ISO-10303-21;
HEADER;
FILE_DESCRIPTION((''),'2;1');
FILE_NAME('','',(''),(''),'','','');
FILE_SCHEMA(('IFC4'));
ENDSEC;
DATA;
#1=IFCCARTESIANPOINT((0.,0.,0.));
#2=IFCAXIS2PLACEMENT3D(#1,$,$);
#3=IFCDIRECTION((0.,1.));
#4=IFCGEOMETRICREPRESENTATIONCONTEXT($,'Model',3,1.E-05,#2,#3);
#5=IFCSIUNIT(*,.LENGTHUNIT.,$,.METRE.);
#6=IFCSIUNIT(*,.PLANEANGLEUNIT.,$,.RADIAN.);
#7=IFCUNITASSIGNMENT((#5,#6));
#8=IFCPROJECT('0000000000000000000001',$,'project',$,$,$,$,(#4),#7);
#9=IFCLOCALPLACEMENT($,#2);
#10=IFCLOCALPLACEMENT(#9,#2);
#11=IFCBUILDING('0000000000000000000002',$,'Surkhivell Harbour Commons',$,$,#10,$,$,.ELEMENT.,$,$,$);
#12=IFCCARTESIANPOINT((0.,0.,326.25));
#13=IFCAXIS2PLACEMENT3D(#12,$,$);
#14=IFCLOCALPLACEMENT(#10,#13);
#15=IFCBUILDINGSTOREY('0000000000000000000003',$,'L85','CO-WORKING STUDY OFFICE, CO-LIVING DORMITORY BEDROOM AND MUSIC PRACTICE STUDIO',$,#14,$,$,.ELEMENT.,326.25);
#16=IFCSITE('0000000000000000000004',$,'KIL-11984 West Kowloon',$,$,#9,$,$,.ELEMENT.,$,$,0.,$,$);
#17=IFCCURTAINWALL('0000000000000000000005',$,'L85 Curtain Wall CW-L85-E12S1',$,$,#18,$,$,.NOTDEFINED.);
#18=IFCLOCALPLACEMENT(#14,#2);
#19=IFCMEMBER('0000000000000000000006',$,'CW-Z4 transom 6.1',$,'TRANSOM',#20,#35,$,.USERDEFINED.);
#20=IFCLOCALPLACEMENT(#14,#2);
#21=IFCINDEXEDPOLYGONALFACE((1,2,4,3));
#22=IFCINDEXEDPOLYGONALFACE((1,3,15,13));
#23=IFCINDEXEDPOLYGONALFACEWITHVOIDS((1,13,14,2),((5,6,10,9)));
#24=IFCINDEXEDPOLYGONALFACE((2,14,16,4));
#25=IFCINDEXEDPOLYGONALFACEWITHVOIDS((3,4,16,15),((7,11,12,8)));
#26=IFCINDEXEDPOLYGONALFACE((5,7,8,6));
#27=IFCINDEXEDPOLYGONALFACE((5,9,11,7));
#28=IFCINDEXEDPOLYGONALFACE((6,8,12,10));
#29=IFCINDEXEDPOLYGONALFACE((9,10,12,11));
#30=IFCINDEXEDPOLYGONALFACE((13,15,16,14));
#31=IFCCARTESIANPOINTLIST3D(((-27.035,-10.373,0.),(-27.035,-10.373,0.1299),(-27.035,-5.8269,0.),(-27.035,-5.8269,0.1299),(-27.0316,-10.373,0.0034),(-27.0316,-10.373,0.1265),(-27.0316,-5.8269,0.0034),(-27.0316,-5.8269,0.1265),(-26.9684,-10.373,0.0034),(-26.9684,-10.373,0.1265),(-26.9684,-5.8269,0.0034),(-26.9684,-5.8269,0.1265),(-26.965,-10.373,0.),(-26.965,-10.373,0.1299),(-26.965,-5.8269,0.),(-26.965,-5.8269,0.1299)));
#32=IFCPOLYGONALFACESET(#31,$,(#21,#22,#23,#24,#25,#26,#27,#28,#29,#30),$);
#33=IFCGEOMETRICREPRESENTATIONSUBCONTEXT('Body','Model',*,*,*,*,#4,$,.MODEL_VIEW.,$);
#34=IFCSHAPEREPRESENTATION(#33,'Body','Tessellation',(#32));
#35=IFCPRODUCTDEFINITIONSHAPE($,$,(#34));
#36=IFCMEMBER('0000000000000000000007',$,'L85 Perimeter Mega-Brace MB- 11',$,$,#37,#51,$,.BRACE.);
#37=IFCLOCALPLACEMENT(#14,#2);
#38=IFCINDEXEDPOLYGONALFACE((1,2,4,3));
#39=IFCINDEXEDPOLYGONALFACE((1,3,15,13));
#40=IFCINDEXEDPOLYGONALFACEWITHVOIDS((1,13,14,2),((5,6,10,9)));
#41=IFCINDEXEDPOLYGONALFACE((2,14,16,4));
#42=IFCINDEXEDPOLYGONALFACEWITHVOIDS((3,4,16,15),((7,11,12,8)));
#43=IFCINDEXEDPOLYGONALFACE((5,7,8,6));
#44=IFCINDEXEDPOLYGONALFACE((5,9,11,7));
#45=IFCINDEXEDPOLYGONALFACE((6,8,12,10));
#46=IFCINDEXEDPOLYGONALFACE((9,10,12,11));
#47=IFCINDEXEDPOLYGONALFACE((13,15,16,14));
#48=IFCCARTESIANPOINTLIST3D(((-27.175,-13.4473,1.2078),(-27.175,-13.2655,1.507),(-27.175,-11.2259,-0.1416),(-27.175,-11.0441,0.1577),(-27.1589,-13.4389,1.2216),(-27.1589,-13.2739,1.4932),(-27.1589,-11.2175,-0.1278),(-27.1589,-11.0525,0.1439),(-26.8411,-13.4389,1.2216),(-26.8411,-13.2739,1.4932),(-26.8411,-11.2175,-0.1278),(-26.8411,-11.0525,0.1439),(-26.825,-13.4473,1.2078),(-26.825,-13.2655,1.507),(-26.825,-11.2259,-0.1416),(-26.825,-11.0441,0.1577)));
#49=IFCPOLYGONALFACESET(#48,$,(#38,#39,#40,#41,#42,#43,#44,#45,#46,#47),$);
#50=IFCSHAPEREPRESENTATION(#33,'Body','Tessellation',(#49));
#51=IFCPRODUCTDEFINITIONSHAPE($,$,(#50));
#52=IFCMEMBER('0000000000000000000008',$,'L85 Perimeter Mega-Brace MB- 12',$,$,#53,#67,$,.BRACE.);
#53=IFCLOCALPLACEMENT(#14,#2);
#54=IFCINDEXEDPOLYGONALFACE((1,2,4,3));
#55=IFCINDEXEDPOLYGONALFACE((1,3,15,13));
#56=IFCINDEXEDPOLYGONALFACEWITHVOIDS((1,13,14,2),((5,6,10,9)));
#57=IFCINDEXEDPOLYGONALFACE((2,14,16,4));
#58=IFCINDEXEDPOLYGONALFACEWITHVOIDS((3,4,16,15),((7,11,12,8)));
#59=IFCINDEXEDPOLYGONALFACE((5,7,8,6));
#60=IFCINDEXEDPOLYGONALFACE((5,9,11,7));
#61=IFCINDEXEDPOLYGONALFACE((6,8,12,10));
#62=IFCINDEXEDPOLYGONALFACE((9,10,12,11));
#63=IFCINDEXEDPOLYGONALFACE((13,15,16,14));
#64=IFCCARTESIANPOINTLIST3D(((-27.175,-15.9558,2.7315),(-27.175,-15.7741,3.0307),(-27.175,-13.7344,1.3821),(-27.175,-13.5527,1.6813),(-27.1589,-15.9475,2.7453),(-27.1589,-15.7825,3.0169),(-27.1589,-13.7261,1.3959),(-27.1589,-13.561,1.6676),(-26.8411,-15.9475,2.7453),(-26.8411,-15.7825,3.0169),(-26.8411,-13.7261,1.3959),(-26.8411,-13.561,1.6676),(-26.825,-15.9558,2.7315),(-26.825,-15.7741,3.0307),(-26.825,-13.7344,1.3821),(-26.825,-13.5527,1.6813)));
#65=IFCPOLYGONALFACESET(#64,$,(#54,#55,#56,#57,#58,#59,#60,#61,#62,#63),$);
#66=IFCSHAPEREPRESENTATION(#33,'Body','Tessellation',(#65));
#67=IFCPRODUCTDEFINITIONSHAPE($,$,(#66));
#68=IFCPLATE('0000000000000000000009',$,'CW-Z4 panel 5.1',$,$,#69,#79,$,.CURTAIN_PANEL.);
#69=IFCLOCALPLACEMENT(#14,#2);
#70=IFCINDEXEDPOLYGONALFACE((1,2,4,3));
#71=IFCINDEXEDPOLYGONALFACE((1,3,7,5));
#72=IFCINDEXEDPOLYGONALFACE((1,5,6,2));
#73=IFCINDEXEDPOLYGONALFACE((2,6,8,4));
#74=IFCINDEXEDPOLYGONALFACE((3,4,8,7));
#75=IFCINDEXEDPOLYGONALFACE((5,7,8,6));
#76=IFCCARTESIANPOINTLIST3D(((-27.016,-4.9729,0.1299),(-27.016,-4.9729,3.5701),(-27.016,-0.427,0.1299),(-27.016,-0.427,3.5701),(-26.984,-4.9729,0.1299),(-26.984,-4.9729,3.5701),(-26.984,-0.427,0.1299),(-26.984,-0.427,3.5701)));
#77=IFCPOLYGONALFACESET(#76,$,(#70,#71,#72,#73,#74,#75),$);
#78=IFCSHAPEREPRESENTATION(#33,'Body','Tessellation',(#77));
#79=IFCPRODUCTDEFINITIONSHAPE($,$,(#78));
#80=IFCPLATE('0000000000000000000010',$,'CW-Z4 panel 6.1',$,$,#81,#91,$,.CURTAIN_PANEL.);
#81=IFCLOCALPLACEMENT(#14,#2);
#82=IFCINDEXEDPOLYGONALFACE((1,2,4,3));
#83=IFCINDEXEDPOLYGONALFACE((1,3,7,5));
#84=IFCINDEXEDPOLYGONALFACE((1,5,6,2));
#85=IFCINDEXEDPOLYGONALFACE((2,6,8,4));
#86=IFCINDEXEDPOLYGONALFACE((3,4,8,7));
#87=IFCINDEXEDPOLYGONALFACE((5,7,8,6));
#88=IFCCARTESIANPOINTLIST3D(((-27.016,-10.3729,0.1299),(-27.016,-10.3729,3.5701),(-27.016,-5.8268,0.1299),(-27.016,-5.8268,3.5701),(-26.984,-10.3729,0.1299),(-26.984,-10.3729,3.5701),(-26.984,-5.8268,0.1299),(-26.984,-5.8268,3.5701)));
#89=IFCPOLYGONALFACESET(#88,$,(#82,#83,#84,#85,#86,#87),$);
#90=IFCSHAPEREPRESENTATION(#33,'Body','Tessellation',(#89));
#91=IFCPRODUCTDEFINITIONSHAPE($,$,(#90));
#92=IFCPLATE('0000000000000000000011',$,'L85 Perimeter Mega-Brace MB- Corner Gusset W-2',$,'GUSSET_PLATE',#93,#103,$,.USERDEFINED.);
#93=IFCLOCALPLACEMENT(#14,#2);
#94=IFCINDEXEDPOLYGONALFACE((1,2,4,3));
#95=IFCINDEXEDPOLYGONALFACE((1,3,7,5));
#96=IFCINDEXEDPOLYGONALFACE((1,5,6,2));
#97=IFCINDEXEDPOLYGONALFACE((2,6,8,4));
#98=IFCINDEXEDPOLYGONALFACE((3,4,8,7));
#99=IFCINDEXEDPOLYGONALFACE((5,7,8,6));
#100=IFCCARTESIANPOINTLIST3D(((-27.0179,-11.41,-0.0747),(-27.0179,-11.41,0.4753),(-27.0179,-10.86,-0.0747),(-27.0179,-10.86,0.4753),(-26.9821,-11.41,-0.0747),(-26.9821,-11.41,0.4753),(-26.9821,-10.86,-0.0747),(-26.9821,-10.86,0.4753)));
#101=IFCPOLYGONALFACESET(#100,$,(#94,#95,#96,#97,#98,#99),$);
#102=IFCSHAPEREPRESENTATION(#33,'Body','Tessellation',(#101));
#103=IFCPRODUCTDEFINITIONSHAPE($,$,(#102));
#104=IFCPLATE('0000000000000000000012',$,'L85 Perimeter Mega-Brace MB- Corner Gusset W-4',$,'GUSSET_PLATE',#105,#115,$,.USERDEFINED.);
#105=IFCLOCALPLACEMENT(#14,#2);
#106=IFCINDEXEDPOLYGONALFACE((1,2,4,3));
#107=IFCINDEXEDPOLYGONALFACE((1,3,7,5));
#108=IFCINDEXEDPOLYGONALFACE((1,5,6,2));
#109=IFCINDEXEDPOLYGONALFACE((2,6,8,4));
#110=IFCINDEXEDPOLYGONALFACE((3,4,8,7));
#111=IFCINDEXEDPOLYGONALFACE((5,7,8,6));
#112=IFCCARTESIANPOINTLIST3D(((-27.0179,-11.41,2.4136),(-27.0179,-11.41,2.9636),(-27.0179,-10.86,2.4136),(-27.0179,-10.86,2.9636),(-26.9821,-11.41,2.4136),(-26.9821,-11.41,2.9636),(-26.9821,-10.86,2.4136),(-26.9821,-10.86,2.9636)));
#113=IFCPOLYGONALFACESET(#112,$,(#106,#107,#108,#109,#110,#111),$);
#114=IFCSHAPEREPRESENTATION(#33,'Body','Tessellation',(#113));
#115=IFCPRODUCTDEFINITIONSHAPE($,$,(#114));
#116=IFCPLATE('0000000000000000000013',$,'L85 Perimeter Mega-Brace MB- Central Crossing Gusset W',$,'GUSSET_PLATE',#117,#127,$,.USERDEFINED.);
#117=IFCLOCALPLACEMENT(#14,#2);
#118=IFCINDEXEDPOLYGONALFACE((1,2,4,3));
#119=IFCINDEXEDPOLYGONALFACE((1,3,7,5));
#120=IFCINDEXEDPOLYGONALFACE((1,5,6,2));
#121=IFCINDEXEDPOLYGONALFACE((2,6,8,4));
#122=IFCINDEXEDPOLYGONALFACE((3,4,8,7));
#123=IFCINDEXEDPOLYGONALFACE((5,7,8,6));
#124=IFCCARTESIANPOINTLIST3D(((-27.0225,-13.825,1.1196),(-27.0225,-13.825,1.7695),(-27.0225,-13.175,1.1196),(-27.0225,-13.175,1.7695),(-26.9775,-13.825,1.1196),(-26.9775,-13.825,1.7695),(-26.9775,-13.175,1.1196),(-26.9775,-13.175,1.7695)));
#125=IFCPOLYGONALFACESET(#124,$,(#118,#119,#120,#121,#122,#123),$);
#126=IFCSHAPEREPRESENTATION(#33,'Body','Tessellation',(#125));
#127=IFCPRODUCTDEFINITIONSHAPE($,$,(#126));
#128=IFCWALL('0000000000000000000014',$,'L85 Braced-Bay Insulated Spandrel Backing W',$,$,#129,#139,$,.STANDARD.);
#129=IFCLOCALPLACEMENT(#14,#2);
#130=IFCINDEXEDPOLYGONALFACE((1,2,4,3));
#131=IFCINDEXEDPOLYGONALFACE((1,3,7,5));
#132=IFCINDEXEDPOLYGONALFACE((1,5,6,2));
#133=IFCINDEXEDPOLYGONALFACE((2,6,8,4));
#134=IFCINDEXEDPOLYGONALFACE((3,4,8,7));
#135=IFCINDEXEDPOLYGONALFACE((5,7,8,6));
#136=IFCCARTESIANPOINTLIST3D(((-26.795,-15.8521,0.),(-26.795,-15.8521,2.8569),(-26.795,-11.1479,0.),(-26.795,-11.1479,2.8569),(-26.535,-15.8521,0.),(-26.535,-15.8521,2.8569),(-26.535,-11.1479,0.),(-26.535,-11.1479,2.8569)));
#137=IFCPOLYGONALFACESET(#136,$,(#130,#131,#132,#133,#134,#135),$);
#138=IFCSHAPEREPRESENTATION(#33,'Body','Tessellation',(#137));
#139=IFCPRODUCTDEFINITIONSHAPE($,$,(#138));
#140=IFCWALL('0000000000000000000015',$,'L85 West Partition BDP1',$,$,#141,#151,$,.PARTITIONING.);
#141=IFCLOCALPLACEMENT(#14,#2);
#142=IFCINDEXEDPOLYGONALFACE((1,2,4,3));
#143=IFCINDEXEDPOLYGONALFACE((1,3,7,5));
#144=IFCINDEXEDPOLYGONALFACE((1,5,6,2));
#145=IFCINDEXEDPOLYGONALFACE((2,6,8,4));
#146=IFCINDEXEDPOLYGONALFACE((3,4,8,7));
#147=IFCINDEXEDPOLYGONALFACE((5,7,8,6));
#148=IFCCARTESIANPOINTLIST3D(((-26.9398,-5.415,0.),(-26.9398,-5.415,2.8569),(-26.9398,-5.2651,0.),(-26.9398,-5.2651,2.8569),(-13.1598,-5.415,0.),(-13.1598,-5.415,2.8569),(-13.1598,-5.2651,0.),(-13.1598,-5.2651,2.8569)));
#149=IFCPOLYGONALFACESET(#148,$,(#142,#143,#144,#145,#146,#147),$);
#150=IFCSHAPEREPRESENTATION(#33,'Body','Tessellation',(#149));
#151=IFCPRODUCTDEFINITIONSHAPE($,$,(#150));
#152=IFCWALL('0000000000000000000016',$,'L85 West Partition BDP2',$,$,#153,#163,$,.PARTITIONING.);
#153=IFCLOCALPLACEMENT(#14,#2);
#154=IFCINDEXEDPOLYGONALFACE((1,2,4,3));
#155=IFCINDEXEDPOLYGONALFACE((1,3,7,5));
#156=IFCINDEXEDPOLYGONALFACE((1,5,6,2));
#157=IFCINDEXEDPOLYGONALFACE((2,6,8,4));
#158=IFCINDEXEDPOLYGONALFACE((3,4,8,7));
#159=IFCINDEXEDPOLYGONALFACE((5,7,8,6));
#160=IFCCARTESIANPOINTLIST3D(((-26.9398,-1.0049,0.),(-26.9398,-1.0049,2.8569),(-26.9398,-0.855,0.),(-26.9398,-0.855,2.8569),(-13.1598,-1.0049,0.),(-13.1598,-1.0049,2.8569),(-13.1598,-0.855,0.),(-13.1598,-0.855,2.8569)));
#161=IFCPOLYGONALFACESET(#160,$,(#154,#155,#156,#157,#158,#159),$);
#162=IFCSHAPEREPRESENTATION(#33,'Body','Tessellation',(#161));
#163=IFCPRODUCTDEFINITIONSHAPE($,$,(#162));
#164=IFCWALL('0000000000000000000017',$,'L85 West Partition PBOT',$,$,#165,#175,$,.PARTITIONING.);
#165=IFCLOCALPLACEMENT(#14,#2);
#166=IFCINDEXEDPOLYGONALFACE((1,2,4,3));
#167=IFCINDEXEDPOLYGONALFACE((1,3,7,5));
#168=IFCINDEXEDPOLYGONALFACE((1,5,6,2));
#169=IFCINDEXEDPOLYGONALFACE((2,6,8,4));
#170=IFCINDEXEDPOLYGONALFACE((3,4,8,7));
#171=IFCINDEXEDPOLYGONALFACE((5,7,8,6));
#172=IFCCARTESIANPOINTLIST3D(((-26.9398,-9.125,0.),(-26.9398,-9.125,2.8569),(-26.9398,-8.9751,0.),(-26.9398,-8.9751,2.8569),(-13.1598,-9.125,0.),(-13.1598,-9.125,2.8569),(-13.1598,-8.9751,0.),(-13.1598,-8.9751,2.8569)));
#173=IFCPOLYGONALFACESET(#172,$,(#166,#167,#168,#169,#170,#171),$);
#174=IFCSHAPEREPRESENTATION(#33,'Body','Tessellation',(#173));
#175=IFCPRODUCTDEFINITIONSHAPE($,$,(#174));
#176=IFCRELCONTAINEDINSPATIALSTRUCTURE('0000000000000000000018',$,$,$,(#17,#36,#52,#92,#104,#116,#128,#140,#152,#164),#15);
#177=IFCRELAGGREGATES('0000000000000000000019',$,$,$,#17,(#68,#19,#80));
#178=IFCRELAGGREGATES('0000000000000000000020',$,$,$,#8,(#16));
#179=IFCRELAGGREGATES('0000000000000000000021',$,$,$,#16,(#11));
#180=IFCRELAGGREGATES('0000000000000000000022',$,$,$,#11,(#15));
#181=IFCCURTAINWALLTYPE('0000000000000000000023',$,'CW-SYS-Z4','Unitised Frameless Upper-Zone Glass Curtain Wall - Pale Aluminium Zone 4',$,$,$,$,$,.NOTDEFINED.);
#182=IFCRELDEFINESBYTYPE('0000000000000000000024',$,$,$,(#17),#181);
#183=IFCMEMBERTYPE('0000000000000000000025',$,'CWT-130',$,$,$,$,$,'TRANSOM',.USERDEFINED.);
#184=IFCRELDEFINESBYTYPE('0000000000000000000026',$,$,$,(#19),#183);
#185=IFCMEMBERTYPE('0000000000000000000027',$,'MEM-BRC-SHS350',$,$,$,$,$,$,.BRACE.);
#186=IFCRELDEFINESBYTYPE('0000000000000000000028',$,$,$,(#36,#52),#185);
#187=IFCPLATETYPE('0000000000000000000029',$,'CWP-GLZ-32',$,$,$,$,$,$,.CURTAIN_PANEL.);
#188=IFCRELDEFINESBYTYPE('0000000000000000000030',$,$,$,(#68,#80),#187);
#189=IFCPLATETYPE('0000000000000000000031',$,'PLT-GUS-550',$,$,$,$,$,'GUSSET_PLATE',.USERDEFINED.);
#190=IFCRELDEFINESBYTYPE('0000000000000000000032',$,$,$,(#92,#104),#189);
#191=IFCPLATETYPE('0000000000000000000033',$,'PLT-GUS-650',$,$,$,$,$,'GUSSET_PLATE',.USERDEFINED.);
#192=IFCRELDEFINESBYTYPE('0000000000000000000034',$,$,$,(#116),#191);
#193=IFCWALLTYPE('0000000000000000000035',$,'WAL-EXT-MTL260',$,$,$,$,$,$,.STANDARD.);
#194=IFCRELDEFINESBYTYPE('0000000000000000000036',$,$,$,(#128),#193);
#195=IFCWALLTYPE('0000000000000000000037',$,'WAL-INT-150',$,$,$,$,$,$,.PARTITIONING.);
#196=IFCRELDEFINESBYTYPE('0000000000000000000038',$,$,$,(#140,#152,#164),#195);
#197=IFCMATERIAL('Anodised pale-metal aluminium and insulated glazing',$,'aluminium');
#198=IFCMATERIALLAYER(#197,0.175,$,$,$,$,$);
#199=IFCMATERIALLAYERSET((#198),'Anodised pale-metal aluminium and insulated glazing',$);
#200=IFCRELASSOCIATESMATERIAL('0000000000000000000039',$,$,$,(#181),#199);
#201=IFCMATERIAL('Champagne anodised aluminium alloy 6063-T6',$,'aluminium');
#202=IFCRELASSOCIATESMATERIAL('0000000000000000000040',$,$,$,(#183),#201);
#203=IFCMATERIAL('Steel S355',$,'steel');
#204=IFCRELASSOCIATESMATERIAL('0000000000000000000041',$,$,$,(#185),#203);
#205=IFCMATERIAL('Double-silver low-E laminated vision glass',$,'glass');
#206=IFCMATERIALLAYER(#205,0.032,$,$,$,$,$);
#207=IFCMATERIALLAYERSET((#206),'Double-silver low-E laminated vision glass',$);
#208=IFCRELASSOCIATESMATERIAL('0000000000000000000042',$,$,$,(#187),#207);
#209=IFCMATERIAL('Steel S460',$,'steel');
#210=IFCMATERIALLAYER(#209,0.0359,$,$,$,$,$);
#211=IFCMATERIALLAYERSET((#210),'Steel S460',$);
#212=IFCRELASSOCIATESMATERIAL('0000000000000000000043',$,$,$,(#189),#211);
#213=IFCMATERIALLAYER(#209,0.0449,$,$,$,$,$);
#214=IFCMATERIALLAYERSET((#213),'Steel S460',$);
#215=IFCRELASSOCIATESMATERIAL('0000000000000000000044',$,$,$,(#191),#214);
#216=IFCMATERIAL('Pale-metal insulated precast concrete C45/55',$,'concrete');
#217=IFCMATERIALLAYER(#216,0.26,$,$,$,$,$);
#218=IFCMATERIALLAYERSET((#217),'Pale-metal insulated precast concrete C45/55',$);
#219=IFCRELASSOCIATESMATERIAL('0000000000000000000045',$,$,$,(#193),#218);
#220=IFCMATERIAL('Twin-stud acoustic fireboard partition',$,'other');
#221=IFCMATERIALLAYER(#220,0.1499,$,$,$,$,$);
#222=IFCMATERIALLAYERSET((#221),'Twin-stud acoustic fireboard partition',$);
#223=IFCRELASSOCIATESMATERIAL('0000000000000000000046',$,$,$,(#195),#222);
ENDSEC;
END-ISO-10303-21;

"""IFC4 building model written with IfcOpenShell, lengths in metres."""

from ifc_helpers import new_model, si_unit, direction, frame, frame_2d, origin, origin_2d, place, context, subcontext, project, spatial, rectangle, hollow_rectangle, extrude, material, layer, layer_set, material_profile, profile_set, type_object, element, aggregate, save


model = new_model("IFC4")

# Units and contexts
model_context = context("Model", 3, precision=1e-05, world=origin(), true_north=direction((0.0, 1.0)))
body_context = subcontext(model_context, "Body", "Model", "MODEL_VIEW")
ifc_project = project(units=[si_unit("LENGTHUNIT", "METRE"), si_unit("PLANEANGLEUNIT", "RADIAN")], contexts=[model_context])

# Site, building, storey
site_placement = place(None, origin())
site = spatial("IfcSite", under=ifc_project, at=site_placement, Name="KIL-11984 West Kowloon", CompositionType="ELEMENT", RefElevation=0.0)
building_placement = place(site_placement, origin())
building = spatial("IfcBuilding", under=site, at=building_placement, Name="Surkhivell Harbour Commons", CompositionType="ELEMENT")
storey_placement = place(building_placement, frame((0.0, 0.0, 326.25)))
storey = spatial("IfcBuildingStorey", under=building, at=storey_placement, Name="L85", Description="CO-WORKING STUDY OFFICE, CO-LIVING DORMITORY BEDROOM AND MUSIC PRACTICE STUDIO", CompositionType="ELEMENT", Elevation=326.25)

# Shared definitions
ifc_material_1 = material(Name="Steel S355", Category="steel")

# Curtain wall, member
ifc_material_2 = material(Name="Anodised pale-metal aluminium and insulated glazing", Category="aluminium")
ifc_layer_1 = layer(ifc_material_2, 0.175)
ifc_layer_set_1 = layer_set([ifc_layer_1], Name="Anodised pale-metal aluminium and insulated glazing")
curtain_wall_type = type_object("IfcCurtainWallType", Name="CW-SYS-Z4", Description="Unitised Frameless Upper-Zone Glass Curtain Wall - Pale Aluminium Zone 4", PredefinedType="NOTDEFINED", material=ifc_layer_set_1)
curtain_wall_placement = place(storey_placement, origin())
curtain_wall = element("IfcCurtainWall", 1, at=curtain_wall_placement, inside=storey, type_object=curtain_wall_type, Name="L85 Curtain Wall CW-L85-E12S1", PredefinedType="NOTDEFINED")
ifc_material_3 = material(Name="Champagne anodised aluminium alloy 6063-T6", Category="aluminium")
ifc_material_profile_1 = material_profile(ifc_material_3, hollow_rectangle(XDim=0.0701, YDim=0.1299, WallThickness=0.0034, at=origin_2d()), Name="ALU-TRAN-70x130")
ifc_profile_set_1 = profile_set([ifc_material_profile_1], Name="Champagne anodised aluminium alloy 6063-T6")
member_type_1 = type_object("IfcMemberType", Name="CWT-130", ElementType="TRANSOM", PredefinedType="USERDEFINED", material=ifc_profile_set_1)
member_1_placement = place(storey_placement, frame((-27.0, -5.8269, 0.0649), z_axis=(0.0, -1.0, 0.0), x_axis=(1.0, 0.0, 0.0)))
member_1 = element("IfcMember", 2, at=member_1_placement, type_object=member_type_1, Name="CW-Z4 transom 6.1", ObjectType="TRANSOM", PredefinedType="USERDEFINED", context=body_context, shape_type="SweptSolid", body=[
    extrude(hollow_rectangle(XDim=0.0701, YDim=0.1299, WallThickness=0.0034, at=origin_2d()), origin(), (0.0, 0.0, 1.0), 4.5461),
])

# Members
ifc_material_profile_2 = material_profile(ifc_material_1, hollow_rectangle(XDim=0.3501, YDim=0.3501, WallThickness=0.0161, at=origin_2d()), Name="SHS350x350x16")
ifc_profile_set_2 = profile_set([ifc_material_profile_2], Name="Steel S355")
member_type_2 = type_object("IfcMemberType", Name="MEM-BRC-SHS350", PredefinedType="BRACE", material=ifc_profile_set_2)
for number, where, z_axis, x_axis, name in (
    (3, (-27.0, -11.135, 0.0081), (0.0, -0.854679, 0.519157), (1.0, 0.0, 0.0), "L85 Perimeter Mega-Brace MB- 11"),
    (4, (-27.0, -13.6436, 1.5317), (0.0, -0.854679, 0.519157), (1.0, 0.0, 0.0), "L85 Perimeter Mega-Brace MB- 12"),
):
    element("IfcMember", number, at=place(storey_placement, frame(where, z_axis=z_axis, x_axis=x_axis)), inside=storey, type_object=member_type_2, Name=name, PredefinedType="BRACE", context=body_context, shape_type="SweptSolid", body=[
        extrude(hollow_rectangle(XDim=0.3501, YDim=0.3501, WallThickness=0.0161, at=origin_2d()), origin(), (0.0, 0.0, 1.0), 2.5991),
    ])

# Plates
ifc_material_4 = material(Name="Double-silver low-E laminated vision glass", Category="glass")
ifc_layer_2 = layer(ifc_material_4, 0.032)
ifc_layer_set_2 = layer_set([ifc_layer_2], Name="Double-silver low-E laminated vision glass")
plate_type_1 = type_object("IfcPlateType", Name="CWP-GLZ-32", PredefinedType="CURTAIN_PANEL", material=ifc_layer_set_2)
plate_1_placement = place(storey_placement, frame((-27.0, -0.427, 0.1299), z_axis=(0.0, 0.0, 1.0), x_axis=(0.0, -1.0, 0.0)))
plate_1 = element("IfcPlate", 5, at=plate_1_placement, type_object=plate_type_1, Name="CW-Z4 panel 5.1", PredefinedType="CURTAIN_PANEL", context=body_context, shape_type="SweptSolid", body=[
    extrude(rectangle(XDim=4.5459, YDim=0.032, at=frame_2d((2.2729, 0.0))), origin(), (0.0, 0.0, 1.0), 3.4402),
])
plate_2_placement = place(storey_placement, frame((-27.0, -5.8269, 0.1299), z_axis=(0.0, 0.0, 1.0), x_axis=(0.0, -1.0, 0.0)))
plate_2 = element("IfcPlate", 6, at=plate_2_placement, type_object=plate_type_1, Name="CW-Z4 panel 6.1", PredefinedType="CURTAIN_PANEL", context=body_context, shape_type="SweptSolid", body=[
    extrude(rectangle(XDim=4.5461, YDim=0.032, at=frame_2d((2.2729, 0.0))), origin(), (0.0, 0.0, 1.0), 3.4402),
])
aggregate(curtain_wall, [plate_1, member_1, plate_2])

# Plates
ifc_material_5 = material(Name="Steel S460", Category="steel")
ifc_layer_3 = layer(ifc_material_5, 0.0359)
ifc_layer_set_3 = layer_set([ifc_layer_3], Name="Steel S460")
plate_type_2 = type_object("IfcPlateType", Name="PLT-GUS-550", ElementType="GUSSET_PLATE", PredefinedType="USERDEFINED", material=ifc_layer_set_3)
for number, where, z_axis, x_axis, name in (
    (7, (-27.0, -11.135, -0.0747), (0.0, 0.0, 1.0), (0.0, 1.0, 0.0), "L85 Perimeter Mega-Brace MB- Corner Gusset W-2"),
    (8, (-27.0, -11.135, 2.4136), (0.0, 0.0, 1.0), (0.0, 1.0, 0.0), "L85 Perimeter Mega-Brace MB- Corner Gusset W-4"),
):
    element("IfcPlate", number, at=place(storey_placement, frame(where, z_axis=z_axis, x_axis=x_axis)), inside=storey, type_object=plate_type_2, Name=name, ObjectType="GUSSET_PLATE", PredefinedType="USERDEFINED", context=body_context, shape_type="SweptSolid", body=[
        extrude(rectangle(XDim=0.55, YDim=0.0359, at=origin_2d()), origin(), (0.0, 0.0, 1.0), 0.55),
    ])
ifc_layer_4 = layer(ifc_material_5, 0.0449)
ifc_layer_set_4 = layer_set([ifc_layer_4], Name="Steel S460")
plate_type_3 = type_object("IfcPlateType", Name="PLT-GUS-650", ElementType="GUSSET_PLATE", PredefinedType="USERDEFINED", material=ifc_layer_set_4)
plate_3_placement = place(storey_placement, frame((-27.0, -13.5, 1.1196), z_axis=(0.0, 0.0, 1.0), x_axis=(0.0, 1.0, 0.0)))
element("IfcPlate", 9, at=plate_3_placement, inside=storey, type_object=plate_type_3, Name="L85 Perimeter Mega-Brace MB- Central Crossing Gusset W", ObjectType="GUSSET_PLATE", PredefinedType="USERDEFINED", context=body_context, shape_type="SweptSolid", body=[
    extrude(rectangle(XDim=0.6499, YDim=0.0449, at=origin_2d()), origin(), (0.0, 0.0, 1.0), 0.6499),
])

# Walls
ifc_material_6 = material(Name="Pale-metal insulated precast concrete C45/55", Category="concrete")
ifc_layer_5 = layer(ifc_material_6, 0.26)
ifc_layer_set_5 = layer_set([ifc_layer_5], Name="Pale-metal insulated precast concrete C45/55")
wall_type_1 = type_object("IfcWallType", Name="WAL-EXT-MTL260", PredefinedType="STANDARD", material=ifc_layer_set_5)
wall_placement = place(storey_placement, frame((-26.665, -11.1479, 0.0), z_axis=(0.0, 0.0, 1.0), x_axis=(0.0, -1.0, 0.0)))
element("IfcWall", 10, at=wall_placement, inside=storey, type_object=wall_type_1, Name="L85 Braced-Bay Insulated Spandrel Backing W", PredefinedType="STANDARD", context=body_context, shape_type="SweptSolid", body=[
    extrude(rectangle(XDim=4.7041, YDim=0.26, at=frame_2d((2.3521, 0.0))), origin(), (0.0, 0.0, 1.0), 2.8569),
])
ifc_material_7 = material(Name="Twin-stud acoustic fireboard partition", Category="other")
ifc_layer_6 = layer(ifc_material_7, 0.1499)
ifc_layer_set_6 = layer_set([ifc_layer_6], Name="Twin-stud acoustic fireboard partition")
wall_type_2 = type_object("IfcWallType", Name="WAL-INT-150", PredefinedType="PARTITIONING", material=ifc_layer_set_6)
for number, where, z_axis, x_axis, name in (
    (11, (-26.9399, -5.3401, 0.0), (0.0, 0.0, 1.0), (1.0, 0.0, 0.0), "L85 West Partition BDP1"),
    (12, (-26.9399, -0.9299, 0.0), (0.0, 0.0, 1.0), (1.0, 0.0, 0.0), "L85 West Partition BDP2"),
    (13, (-26.9399, -9.05, 0.0), (0.0, 0.0, 1.0), (1.0, 0.0, 0.0), "L85 West Partition PBOT"),
):
    element("IfcWall", number, at=place(storey_placement, frame(where, z_axis=z_axis, x_axis=x_axis)), inside=storey, type_object=wall_type_2, Name=name, PredefinedType="PARTITIONING", context=body_context, shape_type="SweptSolid", body=[
        extrude(rectangle(XDim=13.78, YDim=0.1499, at=frame_2d((6.8901, 0.0))), origin(), (0.0, 0.0, 1.0), 2.8569),
    ])

save(model, "model.ifc")
